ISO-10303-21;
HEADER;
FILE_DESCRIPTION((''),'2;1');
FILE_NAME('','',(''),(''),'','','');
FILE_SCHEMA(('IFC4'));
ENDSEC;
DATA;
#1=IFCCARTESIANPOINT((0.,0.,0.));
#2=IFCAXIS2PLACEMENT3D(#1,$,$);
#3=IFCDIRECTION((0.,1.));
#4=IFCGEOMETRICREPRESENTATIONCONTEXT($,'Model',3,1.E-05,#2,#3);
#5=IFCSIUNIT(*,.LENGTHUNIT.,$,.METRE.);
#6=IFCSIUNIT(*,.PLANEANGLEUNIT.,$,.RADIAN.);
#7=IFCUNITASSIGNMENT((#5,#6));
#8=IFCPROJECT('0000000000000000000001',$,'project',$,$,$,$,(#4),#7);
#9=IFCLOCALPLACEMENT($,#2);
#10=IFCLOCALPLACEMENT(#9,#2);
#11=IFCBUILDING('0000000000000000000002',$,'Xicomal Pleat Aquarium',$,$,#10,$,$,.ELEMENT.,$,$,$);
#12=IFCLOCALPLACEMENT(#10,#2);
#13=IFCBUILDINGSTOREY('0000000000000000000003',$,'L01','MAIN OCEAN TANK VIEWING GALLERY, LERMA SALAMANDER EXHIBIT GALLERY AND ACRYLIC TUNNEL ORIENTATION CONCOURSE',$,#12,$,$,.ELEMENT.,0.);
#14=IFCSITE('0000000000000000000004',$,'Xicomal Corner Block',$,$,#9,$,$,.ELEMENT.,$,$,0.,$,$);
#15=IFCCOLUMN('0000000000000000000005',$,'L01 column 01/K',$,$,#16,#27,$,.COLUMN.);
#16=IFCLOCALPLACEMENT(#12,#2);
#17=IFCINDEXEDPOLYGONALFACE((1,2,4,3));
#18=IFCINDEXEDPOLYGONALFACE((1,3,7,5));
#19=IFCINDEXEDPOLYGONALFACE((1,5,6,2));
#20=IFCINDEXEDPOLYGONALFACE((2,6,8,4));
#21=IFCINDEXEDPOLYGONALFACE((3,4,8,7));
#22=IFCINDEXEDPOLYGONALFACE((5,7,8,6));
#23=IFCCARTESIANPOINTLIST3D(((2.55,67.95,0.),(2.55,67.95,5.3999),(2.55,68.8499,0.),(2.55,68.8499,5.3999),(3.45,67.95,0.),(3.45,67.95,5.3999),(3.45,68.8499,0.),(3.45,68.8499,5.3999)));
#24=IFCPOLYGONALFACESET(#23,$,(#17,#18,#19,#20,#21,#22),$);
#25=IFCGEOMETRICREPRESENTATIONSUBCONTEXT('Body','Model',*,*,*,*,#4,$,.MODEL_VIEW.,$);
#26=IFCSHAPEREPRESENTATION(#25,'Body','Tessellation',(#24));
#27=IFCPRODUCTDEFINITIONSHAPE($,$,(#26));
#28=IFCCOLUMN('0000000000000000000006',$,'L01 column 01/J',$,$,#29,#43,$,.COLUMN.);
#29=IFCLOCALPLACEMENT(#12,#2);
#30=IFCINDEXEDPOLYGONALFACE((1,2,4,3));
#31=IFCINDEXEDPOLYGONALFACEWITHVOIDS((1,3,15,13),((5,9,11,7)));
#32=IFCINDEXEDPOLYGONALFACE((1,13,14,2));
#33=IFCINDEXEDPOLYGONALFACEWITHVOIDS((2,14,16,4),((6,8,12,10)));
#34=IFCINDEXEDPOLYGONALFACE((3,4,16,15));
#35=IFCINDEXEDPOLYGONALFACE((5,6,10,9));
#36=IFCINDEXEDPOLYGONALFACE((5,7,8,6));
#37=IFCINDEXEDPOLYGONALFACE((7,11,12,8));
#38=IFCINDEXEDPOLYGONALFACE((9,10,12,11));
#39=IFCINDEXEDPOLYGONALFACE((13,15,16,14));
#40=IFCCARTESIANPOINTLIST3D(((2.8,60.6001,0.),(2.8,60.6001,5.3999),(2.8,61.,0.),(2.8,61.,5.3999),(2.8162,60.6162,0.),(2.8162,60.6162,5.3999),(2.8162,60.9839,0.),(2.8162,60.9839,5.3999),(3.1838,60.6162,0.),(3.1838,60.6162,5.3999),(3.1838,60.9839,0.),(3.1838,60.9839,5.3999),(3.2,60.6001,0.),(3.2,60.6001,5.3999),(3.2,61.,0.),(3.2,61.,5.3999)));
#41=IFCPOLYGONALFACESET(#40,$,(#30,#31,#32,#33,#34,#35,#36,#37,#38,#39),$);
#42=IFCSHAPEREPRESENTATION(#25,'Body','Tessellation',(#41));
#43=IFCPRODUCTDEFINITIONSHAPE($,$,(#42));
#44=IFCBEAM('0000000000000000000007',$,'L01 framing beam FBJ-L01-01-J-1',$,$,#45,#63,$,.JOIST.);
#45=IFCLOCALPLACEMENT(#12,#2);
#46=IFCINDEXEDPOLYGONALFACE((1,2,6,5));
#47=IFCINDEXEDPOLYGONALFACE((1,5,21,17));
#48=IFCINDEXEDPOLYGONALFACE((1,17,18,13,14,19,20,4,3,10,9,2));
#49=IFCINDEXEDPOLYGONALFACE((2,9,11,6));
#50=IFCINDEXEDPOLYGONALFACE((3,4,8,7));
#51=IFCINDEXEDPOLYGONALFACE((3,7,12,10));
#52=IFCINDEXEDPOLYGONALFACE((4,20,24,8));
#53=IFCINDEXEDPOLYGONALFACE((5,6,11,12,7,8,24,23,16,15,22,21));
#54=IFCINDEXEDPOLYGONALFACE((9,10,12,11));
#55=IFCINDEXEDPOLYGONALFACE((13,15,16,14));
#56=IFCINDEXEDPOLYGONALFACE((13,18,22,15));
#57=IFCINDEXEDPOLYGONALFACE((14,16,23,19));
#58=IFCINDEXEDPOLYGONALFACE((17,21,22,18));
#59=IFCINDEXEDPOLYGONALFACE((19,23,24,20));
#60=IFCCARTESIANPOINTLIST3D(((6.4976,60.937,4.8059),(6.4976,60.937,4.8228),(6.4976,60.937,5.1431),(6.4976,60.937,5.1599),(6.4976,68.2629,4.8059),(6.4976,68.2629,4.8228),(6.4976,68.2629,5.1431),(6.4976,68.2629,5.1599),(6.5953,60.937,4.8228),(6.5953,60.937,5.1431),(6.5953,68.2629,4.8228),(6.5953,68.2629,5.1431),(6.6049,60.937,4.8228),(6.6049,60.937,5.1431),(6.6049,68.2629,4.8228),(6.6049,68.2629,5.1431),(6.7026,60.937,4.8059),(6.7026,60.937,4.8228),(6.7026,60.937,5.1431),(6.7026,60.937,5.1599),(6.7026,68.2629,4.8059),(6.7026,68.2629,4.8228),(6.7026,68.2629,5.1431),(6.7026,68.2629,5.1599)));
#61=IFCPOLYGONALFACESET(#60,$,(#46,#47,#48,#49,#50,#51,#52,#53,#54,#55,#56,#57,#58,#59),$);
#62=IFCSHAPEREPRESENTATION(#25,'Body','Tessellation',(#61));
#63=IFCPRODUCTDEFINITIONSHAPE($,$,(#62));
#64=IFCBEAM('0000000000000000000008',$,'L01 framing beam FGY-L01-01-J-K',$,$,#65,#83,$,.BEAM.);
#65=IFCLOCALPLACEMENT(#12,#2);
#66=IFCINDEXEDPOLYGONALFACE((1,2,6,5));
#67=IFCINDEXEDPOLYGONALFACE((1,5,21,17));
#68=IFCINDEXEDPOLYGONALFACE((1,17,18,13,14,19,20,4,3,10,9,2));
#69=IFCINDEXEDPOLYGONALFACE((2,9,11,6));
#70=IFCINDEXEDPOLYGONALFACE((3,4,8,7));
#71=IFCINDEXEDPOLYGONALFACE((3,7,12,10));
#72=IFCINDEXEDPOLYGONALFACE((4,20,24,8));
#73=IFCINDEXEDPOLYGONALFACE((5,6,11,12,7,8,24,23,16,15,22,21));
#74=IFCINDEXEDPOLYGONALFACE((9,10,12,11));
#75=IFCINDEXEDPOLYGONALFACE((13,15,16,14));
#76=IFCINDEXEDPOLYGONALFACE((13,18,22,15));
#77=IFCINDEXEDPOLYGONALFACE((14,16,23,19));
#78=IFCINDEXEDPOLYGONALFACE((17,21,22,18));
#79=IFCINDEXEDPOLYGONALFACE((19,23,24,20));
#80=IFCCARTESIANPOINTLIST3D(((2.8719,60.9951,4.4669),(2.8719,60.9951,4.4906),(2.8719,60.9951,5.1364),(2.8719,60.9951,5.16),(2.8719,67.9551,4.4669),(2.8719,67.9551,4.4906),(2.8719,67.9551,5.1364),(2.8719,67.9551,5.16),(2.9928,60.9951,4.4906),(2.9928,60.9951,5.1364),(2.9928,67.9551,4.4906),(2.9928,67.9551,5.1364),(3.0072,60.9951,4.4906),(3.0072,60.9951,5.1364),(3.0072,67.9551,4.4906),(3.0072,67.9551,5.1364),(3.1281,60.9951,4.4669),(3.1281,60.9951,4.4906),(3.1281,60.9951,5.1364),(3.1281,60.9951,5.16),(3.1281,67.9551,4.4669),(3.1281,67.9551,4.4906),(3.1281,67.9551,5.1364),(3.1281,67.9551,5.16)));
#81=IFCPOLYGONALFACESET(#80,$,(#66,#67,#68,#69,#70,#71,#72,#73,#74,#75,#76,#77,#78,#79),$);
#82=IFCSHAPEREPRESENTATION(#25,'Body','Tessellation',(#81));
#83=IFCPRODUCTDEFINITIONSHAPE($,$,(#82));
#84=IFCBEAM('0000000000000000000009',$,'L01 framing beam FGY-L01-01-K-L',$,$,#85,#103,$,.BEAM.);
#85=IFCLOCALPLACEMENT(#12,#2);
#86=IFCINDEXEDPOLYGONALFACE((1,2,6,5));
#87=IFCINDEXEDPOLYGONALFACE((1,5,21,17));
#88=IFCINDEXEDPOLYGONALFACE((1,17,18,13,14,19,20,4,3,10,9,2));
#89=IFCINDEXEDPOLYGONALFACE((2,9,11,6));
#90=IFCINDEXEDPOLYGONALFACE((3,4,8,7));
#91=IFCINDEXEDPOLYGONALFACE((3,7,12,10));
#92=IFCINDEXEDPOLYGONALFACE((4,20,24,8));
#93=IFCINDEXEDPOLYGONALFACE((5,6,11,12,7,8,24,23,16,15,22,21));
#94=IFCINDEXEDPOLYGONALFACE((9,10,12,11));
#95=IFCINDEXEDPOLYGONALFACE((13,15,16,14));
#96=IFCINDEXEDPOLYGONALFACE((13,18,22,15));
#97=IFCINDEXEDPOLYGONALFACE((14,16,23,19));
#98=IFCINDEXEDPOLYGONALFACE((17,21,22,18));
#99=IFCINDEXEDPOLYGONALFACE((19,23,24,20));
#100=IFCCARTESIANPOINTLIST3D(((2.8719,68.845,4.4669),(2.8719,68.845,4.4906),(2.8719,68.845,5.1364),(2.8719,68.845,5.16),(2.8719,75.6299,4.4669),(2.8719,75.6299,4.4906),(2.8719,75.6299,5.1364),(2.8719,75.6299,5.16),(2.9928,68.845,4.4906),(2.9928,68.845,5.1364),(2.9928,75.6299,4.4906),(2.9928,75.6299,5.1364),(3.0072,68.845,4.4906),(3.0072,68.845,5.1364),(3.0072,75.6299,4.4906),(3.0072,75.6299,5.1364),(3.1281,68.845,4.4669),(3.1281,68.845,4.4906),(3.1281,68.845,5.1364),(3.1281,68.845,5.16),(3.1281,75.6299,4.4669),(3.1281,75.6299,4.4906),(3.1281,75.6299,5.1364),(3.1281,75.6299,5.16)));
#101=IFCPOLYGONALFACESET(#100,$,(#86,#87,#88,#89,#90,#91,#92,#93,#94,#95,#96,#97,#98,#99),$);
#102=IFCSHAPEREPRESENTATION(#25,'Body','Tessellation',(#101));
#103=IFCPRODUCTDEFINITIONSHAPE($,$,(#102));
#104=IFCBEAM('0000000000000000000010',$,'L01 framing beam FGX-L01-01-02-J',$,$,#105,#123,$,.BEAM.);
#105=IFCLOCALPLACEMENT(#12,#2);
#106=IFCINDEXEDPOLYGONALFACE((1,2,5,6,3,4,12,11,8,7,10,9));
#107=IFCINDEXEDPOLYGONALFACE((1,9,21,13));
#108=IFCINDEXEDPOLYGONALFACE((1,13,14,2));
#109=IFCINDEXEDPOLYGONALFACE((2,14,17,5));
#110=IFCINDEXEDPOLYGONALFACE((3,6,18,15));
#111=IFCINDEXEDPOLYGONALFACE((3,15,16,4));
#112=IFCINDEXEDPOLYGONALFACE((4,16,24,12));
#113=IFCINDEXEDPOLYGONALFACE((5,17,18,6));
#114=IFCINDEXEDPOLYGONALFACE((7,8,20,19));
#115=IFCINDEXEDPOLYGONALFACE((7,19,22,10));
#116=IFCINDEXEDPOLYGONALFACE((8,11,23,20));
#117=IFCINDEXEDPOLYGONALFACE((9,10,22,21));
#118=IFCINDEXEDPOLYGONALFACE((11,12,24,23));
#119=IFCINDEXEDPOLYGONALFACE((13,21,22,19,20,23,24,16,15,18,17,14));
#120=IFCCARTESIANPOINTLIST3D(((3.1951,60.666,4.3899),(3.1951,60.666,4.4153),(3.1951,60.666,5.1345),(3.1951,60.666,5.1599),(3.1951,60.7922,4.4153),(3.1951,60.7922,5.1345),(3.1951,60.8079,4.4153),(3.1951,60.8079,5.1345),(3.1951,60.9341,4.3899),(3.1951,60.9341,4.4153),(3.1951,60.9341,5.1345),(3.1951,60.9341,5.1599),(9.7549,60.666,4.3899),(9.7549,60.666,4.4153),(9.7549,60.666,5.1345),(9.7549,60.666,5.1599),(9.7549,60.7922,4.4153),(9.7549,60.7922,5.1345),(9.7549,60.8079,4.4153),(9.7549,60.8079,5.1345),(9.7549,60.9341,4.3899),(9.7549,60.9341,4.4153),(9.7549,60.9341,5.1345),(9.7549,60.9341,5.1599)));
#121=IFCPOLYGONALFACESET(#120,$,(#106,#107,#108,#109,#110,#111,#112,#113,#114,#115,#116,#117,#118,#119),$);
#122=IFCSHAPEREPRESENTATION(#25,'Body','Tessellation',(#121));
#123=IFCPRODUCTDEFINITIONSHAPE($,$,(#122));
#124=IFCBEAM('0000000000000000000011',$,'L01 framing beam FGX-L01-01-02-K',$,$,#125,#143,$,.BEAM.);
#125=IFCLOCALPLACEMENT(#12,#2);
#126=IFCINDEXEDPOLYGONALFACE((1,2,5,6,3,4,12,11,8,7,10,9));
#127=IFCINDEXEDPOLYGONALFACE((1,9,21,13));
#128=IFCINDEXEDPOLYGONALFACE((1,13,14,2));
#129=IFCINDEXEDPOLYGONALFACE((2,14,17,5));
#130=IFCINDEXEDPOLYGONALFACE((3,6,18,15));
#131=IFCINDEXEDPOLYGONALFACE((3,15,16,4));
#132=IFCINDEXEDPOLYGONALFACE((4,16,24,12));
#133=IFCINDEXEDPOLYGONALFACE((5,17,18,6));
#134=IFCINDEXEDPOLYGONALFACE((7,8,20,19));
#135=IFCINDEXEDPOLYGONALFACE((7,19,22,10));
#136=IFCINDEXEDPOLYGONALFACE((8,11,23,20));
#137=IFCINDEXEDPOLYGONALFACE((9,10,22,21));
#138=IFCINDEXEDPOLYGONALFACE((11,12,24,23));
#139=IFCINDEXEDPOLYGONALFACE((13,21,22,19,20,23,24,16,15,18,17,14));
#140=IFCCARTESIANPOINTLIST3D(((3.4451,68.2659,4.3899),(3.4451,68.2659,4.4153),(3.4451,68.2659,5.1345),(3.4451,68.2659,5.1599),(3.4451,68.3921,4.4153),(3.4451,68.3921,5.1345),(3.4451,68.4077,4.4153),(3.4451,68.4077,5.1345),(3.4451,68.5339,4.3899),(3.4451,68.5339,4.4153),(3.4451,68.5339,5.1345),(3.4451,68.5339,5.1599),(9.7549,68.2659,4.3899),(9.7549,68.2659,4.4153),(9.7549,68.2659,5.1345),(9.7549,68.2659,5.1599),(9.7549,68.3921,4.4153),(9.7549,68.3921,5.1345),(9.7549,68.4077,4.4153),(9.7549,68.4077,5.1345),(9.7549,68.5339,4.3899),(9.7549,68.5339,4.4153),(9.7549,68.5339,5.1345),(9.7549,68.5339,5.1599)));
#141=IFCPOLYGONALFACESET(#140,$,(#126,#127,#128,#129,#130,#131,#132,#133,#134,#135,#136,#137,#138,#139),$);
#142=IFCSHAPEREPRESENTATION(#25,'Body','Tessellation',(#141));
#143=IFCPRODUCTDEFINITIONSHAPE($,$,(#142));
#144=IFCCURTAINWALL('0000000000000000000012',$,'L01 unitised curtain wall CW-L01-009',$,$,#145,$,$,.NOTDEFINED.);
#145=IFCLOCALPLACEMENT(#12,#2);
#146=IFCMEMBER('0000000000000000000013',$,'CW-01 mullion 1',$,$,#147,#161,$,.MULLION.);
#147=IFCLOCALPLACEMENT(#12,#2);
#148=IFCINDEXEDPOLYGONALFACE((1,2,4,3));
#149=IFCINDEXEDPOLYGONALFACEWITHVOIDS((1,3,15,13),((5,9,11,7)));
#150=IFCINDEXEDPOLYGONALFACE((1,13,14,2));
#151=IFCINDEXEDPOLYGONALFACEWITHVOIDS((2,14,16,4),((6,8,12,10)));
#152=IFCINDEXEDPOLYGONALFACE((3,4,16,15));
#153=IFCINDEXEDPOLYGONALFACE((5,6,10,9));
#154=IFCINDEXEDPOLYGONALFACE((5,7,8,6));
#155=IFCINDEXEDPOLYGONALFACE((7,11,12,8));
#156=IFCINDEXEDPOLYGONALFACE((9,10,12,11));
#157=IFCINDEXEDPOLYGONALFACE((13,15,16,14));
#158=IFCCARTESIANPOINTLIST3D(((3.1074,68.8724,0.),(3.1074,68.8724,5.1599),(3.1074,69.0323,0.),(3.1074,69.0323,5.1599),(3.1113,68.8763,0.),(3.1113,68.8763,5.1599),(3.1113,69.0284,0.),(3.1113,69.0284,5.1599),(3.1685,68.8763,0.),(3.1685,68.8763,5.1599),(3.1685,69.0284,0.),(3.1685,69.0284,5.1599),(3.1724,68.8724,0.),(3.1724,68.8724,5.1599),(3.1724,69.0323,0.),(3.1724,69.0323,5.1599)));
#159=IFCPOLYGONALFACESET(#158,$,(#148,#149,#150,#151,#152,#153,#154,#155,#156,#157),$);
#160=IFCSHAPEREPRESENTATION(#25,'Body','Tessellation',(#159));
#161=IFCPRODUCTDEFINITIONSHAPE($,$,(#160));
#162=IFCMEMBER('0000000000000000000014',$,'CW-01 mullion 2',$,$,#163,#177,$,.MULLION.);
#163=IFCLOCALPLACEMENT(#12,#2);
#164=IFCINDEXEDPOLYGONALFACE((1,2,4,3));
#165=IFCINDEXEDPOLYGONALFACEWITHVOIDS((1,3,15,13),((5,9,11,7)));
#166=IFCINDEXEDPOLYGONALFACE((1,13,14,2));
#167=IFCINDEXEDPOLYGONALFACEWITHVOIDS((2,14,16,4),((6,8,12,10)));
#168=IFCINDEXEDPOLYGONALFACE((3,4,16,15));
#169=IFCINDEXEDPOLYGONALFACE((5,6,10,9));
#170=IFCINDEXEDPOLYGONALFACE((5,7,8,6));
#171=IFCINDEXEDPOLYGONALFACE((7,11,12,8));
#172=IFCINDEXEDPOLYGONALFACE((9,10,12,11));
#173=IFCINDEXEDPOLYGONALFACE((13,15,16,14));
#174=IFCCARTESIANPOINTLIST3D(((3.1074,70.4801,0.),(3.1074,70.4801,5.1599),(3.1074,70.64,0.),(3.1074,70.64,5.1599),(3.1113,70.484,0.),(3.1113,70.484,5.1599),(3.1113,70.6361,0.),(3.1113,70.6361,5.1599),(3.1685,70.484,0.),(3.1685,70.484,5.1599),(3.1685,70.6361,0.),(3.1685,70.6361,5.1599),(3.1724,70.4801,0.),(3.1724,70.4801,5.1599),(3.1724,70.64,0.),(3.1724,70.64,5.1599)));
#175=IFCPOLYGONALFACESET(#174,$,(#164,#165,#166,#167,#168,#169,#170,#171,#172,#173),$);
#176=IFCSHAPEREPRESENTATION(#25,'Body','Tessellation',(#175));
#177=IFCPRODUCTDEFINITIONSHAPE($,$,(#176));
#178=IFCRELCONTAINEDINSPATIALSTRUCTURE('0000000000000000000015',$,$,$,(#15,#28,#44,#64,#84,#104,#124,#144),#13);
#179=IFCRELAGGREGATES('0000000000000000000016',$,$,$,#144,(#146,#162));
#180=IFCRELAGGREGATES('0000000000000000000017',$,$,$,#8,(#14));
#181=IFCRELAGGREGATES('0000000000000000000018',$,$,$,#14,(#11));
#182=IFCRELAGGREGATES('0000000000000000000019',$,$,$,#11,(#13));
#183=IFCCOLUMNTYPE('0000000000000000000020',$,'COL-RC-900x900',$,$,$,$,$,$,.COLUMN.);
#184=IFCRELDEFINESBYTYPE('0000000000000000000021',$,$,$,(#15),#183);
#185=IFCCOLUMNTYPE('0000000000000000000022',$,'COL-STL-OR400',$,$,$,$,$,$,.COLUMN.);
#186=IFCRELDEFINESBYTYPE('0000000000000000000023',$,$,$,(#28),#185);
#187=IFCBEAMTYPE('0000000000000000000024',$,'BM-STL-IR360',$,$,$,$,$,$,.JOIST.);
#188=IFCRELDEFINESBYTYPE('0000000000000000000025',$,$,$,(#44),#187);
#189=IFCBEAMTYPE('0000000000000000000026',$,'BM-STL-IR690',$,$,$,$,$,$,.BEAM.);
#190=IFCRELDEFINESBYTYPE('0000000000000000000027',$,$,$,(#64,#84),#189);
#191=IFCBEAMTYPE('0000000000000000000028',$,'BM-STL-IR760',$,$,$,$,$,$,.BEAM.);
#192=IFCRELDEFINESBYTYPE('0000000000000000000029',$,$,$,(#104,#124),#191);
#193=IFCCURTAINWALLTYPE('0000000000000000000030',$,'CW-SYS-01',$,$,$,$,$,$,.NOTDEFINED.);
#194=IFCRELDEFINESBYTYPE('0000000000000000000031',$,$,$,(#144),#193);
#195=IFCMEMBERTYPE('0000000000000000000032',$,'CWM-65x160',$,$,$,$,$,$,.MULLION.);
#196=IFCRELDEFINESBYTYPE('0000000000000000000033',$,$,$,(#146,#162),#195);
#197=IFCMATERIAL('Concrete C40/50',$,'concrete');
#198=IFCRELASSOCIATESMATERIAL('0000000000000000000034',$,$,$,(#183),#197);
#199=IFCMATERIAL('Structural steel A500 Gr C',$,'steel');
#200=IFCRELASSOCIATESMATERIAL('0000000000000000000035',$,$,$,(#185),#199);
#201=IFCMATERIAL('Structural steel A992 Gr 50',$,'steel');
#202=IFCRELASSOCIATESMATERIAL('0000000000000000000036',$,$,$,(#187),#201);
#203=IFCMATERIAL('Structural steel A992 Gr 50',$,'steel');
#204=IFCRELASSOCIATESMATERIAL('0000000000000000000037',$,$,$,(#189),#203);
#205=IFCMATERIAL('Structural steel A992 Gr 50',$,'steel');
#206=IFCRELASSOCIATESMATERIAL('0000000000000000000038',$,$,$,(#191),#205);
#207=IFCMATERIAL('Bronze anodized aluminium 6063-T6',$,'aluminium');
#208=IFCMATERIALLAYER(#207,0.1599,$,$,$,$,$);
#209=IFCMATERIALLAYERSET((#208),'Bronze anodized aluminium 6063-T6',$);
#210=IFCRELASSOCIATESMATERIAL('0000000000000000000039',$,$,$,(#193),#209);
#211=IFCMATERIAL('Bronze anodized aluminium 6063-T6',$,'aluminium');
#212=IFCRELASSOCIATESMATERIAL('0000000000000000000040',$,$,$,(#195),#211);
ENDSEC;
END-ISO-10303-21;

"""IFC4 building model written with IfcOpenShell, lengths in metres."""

from ifc_helpers import new_model, si_unit, direction, frame, origin, origin_2d, place, context, subcontext, project, spatial, rectangle, hollow_rectangle, i_section, extrude, material, layer, layer_set, material_profile, profile_set, type_object, element, aggregate, save


model = new_model("IFC4")

# Units and contexts
model_context = context("Model", 3, precision=1e-05, world=origin(), true_north=direction((0.0, 1.0)))
body_context = subcontext(model_context, "Body", "Model", "MODEL_VIEW")
ifc_project = project(units=[si_unit("LENGTHUNIT", "METRE"), si_unit("PLANEANGLEUNIT", "RADIAN")], contexts=[model_context])

# Site, building, storey
site_placement = place(None, origin())
site = spatial("IfcSite", under=ifc_project, at=site_placement, Name="Xicomal Corner Block", CompositionType="ELEMENT", RefElevation=0.0)
building_placement = place(site_placement, origin())
building = spatial("IfcBuilding", under=site, at=building_placement, Name="Xicomal Pleat Aquarium", CompositionType="ELEMENT")
storey_placement = place(building_placement, origin())
storey = spatial("IfcBuildingStorey", under=building, at=storey_placement, Name="L01", Description="MAIN OCEAN TANK VIEWING GALLERY, LERMA SALAMANDER EXHIBIT GALLERY AND ACRYLIC TUNNEL ORIENTATION CONCOURSE", CompositionType="ELEMENT", Elevation=0.0)

# Columns
ifc_material_1 = material(Name="Concrete C40/50", Category="concrete")
ifc_material_profile_1 = material_profile(ifc_material_1, rectangle(XDim=0.8999, YDim=0.8999, at=origin_2d()), Name="RC 900x900")
ifc_profile_set_1 = profile_set([ifc_material_profile_1], Name="Concrete C40/50")
column_type_1 = type_object("IfcColumnType", Name="COL-RC-900x900", PredefinedType="COLUMN", material=ifc_profile_set_1)
column_1_placement = place(storey_placement, frame((3.0, 68.3999, 0.0), z_axis=(0.0, 0.0, 1.0), x_axis=(1.0, 0.0, 0.0)))
element("IfcColumn", 1, at=column_1_placement, inside=storey, type_object=column_type_1, Name="L01 column 01/K", PredefinedType="COLUMN", context=body_context, shape_type="SweptSolid", body=[
    extrude(rectangle(XDim=0.8999, YDim=0.8999, at=origin_2d()), origin(), (0.0, 0.0, 1.0), 5.3999),
])
ifc_material_2 = material(Name="Structural steel A500 Gr C", Category="steel")
ifc_material_profile_2 = material_profile(ifc_material_2, hollow_rectangle(XDim=0.3999, YDim=0.3999, WallThickness=0.0161, at=origin_2d()), Name="OR 400x400x16")
ifc_profile_set_2 = profile_set([ifc_material_profile_2], Name="Structural steel A500 Gr C")
column_type_2 = type_object("IfcColumnType", Name="COL-STL-OR400", PredefinedType="COLUMN", material=ifc_profile_set_2)
column_2_placement = place(storey_placement, frame((3.0, 60.8, 0.0), z_axis=(0.0, 0.0, 1.0), x_axis=(1.0, 0.0, 0.0)))
element("IfcColumn", 2, at=column_2_placement, inside=storey, type_object=column_type_2, Name="L01 column 01/J", PredefinedType="COLUMN", context=body_context, shape_type="SweptSolid", body=[
    extrude(hollow_rectangle(XDim=0.3999, YDim=0.3999, WallThickness=0.0161, at=origin_2d()), origin(), (0.0, 0.0, 1.0), 5.3999),
])

# Beams
ifc_material_3 = material(Name="Structural steel A992 Gr 50", Category="steel")
ifc_material_profile_3 = material_profile(ifc_material_3, i_section(OverallWidth=0.2051, OverallDepth=0.354, WebThickness=0.0095, FlangeThickness=0.0168, at=origin_2d()), Name="IR 360x79")
ifc_profile_set_3 = profile_set([ifc_material_profile_3], Name="Structural steel A992 Gr 50")
beam_type_1 = type_object("IfcBeamType", Name="BM-STL-IR360", PredefinedType="JOIST", material=ifc_profile_set_3)
beam_1_placement = place(storey_placement, frame((6.6001, 60.937, 4.9829), z_axis=(0.0, 1.0, 0.0), x_axis=(-1.0, 0.0, 0.0)))
element("IfcBeam", 3, at=beam_1_placement, inside=storey, type_object=beam_type_1, Name="L01 framing beam FBJ-L01-01-J-1", PredefinedType="JOIST", context=body_context, shape_type="SweptSolid", body=[
    extrude(i_section(OverallWidth=0.2051, OverallDepth=0.354, WebThickness=0.0095, FlangeThickness=0.0168, at=origin_2d()), origin(), (0.0, 0.0, 1.0), 7.3259),
])
ifc_material_4 = material(Name="Structural steel A992 Gr 50", Category="steel")
ifc_material_profile_4 = material_profile(ifc_material_4, i_section(OverallWidth=0.2561, OverallDepth=0.6931, WebThickness=0.0144, FlangeThickness=0.0237, at=origin_2d()), Name="IR 690x170")
ifc_profile_set_4 = profile_set([ifc_material_profile_4], Name="Structural steel A992 Gr 50")
beam_type_2 = type_object("IfcBeamType", Name="BM-STL-IR690", PredefinedType="BEAM", material=ifc_profile_set_4)
beam_2_placement = place(storey_placement, frame((3.0, 60.9951, 4.8135), z_axis=(0.0, 1.0, 0.0), x_axis=(-1.0, 0.0, 0.0)))
element("IfcBeam", 4, at=beam_2_placement, inside=storey, type_object=beam_type_2, Name="L01 framing beam FGY-L01-01-J-K", PredefinedType="BEAM", context=body_context, shape_type="SweptSolid", body=[
    extrude(i_section(OverallWidth=0.2561, OverallDepth=0.6931, WebThickness=0.0144, FlangeThickness=0.0237, at=origin_2d()), origin(), (0.0, 0.0, 1.0), 6.96),
])
beam_3_placement = place(storey_placement, frame((3.0, 68.845, 4.8135), z_axis=(0.0, 1.0, 0.0), x_axis=(-1.0, 0.0, 0.0)))
element("IfcBeam", 5, at=beam_3_placement, inside=storey, type_object=beam_type_2, Name="L01 framing beam FGY-L01-01-K-L", PredefinedType="BEAM", context=body_context, shape_type="SweptSolid", body=[
    extrude(i_section(OverallWidth=0.2561, OverallDepth=0.6931, WebThickness=0.0144, FlangeThickness=0.0237, at=origin_2d()), origin(), (0.0, 0.0, 1.0), 6.7849),
])
ifc_material_5 = material(Name="Structural steel A992 Gr 50", Category="steel")
ifc_material_profile_5 = material_profile(ifc_material_5, i_section(OverallWidth=0.2681, OverallDepth=0.77, WebThickness=0.0156, FlangeThickness=0.0254, at=origin_2d()), Name="IR 760x196")
ifc_profile_set_5 = profile_set([ifc_material_profile_5], Name="Structural steel A992 Gr 50")
beam_type_3 = type_object("IfcBeamType", Name="BM-STL-IR760", PredefinedType="BEAM", material=ifc_profile_set_5)
beam_4_placement = place(storey_placement, frame((3.1951, 60.8, 4.7749), z_axis=(1.0, 0.0, 0.0), x_axis=(0.0, 1.0, 0.0)))
element("IfcBeam", 6, at=beam_4_placement, inside=storey, type_object=beam_type_3, Name="L01 framing beam FGX-L01-01-02-J", PredefinedType="BEAM", context=body_context, shape_type="SweptSolid", body=[
    extrude(i_section(OverallWidth=0.2681, OverallDepth=0.77, WebThickness=0.0156, FlangeThickness=0.0254, at=origin_2d()), origin(), (0.0, 0.0, 1.0), 6.5598),
])
beam_5_placement = place(storey_placement, frame((3.4451, 68.3999, 4.7749), z_axis=(1.0, 0.0, 0.0), x_axis=(0.0, 1.0, 0.0)))
element("IfcBeam", 7, at=beam_5_placement, inside=storey, type_object=beam_type_3, Name="L01 framing beam FGX-L01-01-02-K", PredefinedType="BEAM", context=body_context, shape_type="SweptSolid", body=[
    extrude(i_section(OverallWidth=0.2681, OverallDepth=0.77, WebThickness=0.0156, FlangeThickness=0.0254, at=origin_2d()), origin(), (0.0, 0.0, 1.0), 6.3098),
])

# Curtain wall, members
ifc_material_6 = material(Name="Bronze anodized aluminium 6063-T6", Category="aluminium")
ifc_layer_1 = layer(ifc_material_6, 0.1599)
ifc_layer_set_1 = layer_set([ifc_layer_1], Name="Bronze anodized aluminium 6063-T6")
curtain_wall_type = type_object("IfcCurtainWallType", Name="CW-SYS-01", PredefinedType="NOTDEFINED", material=ifc_layer_set_1)
curtain_wall_placement = place(storey_placement, origin())
curtain_wall = element("IfcCurtainWall", 8, at=curtain_wall_placement, inside=storey, type_object=curtain_wall_type, Name="L01 unitised curtain wall CW-L01-009", PredefinedType="NOTDEFINED")
ifc_material_7 = material(Name="Bronze anodized aluminium 6063-T6", Category="aluminium")
ifc_material_profile_6 = material_profile(ifc_material_7, hollow_rectangle(XDim=0.0649, YDim=0.1599, WallThickness=0.0039, at=origin_2d()), Name="ALU MULL 65x160")
ifc_profile_set_6 = profile_set([ifc_material_profile_6], Name="Bronze anodized aluminium 6063-T6")
member_type_1 = type_object("IfcMemberType", Name="CWM-65x160", PredefinedType="MULLION", material=ifc_profile_set_6)
member_1_placement = place(storey_placement, frame((3.1399, 68.9524, 0.0), z_axis=(0.0, 0.0, 1.0), x_axis=(-1.0, 0.0, 0.0)))
member_1 = element("IfcMember", 9, at=member_1_placement, type_object=member_type_1, Name="CW-01 mullion 1", PredefinedType="MULLION", context=body_context, shape_type="SweptSolid", body=[
    extrude(hollow_rectangle(XDim=0.0649, YDim=0.1599, WallThickness=0.0039, at=origin_2d()), origin(), (0.0, 0.0, 1.0), 5.1599),
])
member_2_placement = place(storey_placement, frame((3.1399, 70.5601, 0.0), z_axis=(0.0, 0.0, 1.0), x_axis=(-1.0, 0.0, 0.0)))
member_2 = element("IfcMember", 10, at=member_2_placement, type_object=member_type_1, Name="CW-01 mullion 2", PredefinedType="MULLION", context=body_context, shape_type="SweptSolid", body=[
    extrude(hollow_rectangle(XDim=0.0649, YDim=0.1599, WallThickness=0.0039, at=origin_2d()), origin(), (0.0, 0.0, 1.0), 5.1599),
])

aggregate(curtain_wall, [member_1, member_2])

save(model, "model.ifc")
